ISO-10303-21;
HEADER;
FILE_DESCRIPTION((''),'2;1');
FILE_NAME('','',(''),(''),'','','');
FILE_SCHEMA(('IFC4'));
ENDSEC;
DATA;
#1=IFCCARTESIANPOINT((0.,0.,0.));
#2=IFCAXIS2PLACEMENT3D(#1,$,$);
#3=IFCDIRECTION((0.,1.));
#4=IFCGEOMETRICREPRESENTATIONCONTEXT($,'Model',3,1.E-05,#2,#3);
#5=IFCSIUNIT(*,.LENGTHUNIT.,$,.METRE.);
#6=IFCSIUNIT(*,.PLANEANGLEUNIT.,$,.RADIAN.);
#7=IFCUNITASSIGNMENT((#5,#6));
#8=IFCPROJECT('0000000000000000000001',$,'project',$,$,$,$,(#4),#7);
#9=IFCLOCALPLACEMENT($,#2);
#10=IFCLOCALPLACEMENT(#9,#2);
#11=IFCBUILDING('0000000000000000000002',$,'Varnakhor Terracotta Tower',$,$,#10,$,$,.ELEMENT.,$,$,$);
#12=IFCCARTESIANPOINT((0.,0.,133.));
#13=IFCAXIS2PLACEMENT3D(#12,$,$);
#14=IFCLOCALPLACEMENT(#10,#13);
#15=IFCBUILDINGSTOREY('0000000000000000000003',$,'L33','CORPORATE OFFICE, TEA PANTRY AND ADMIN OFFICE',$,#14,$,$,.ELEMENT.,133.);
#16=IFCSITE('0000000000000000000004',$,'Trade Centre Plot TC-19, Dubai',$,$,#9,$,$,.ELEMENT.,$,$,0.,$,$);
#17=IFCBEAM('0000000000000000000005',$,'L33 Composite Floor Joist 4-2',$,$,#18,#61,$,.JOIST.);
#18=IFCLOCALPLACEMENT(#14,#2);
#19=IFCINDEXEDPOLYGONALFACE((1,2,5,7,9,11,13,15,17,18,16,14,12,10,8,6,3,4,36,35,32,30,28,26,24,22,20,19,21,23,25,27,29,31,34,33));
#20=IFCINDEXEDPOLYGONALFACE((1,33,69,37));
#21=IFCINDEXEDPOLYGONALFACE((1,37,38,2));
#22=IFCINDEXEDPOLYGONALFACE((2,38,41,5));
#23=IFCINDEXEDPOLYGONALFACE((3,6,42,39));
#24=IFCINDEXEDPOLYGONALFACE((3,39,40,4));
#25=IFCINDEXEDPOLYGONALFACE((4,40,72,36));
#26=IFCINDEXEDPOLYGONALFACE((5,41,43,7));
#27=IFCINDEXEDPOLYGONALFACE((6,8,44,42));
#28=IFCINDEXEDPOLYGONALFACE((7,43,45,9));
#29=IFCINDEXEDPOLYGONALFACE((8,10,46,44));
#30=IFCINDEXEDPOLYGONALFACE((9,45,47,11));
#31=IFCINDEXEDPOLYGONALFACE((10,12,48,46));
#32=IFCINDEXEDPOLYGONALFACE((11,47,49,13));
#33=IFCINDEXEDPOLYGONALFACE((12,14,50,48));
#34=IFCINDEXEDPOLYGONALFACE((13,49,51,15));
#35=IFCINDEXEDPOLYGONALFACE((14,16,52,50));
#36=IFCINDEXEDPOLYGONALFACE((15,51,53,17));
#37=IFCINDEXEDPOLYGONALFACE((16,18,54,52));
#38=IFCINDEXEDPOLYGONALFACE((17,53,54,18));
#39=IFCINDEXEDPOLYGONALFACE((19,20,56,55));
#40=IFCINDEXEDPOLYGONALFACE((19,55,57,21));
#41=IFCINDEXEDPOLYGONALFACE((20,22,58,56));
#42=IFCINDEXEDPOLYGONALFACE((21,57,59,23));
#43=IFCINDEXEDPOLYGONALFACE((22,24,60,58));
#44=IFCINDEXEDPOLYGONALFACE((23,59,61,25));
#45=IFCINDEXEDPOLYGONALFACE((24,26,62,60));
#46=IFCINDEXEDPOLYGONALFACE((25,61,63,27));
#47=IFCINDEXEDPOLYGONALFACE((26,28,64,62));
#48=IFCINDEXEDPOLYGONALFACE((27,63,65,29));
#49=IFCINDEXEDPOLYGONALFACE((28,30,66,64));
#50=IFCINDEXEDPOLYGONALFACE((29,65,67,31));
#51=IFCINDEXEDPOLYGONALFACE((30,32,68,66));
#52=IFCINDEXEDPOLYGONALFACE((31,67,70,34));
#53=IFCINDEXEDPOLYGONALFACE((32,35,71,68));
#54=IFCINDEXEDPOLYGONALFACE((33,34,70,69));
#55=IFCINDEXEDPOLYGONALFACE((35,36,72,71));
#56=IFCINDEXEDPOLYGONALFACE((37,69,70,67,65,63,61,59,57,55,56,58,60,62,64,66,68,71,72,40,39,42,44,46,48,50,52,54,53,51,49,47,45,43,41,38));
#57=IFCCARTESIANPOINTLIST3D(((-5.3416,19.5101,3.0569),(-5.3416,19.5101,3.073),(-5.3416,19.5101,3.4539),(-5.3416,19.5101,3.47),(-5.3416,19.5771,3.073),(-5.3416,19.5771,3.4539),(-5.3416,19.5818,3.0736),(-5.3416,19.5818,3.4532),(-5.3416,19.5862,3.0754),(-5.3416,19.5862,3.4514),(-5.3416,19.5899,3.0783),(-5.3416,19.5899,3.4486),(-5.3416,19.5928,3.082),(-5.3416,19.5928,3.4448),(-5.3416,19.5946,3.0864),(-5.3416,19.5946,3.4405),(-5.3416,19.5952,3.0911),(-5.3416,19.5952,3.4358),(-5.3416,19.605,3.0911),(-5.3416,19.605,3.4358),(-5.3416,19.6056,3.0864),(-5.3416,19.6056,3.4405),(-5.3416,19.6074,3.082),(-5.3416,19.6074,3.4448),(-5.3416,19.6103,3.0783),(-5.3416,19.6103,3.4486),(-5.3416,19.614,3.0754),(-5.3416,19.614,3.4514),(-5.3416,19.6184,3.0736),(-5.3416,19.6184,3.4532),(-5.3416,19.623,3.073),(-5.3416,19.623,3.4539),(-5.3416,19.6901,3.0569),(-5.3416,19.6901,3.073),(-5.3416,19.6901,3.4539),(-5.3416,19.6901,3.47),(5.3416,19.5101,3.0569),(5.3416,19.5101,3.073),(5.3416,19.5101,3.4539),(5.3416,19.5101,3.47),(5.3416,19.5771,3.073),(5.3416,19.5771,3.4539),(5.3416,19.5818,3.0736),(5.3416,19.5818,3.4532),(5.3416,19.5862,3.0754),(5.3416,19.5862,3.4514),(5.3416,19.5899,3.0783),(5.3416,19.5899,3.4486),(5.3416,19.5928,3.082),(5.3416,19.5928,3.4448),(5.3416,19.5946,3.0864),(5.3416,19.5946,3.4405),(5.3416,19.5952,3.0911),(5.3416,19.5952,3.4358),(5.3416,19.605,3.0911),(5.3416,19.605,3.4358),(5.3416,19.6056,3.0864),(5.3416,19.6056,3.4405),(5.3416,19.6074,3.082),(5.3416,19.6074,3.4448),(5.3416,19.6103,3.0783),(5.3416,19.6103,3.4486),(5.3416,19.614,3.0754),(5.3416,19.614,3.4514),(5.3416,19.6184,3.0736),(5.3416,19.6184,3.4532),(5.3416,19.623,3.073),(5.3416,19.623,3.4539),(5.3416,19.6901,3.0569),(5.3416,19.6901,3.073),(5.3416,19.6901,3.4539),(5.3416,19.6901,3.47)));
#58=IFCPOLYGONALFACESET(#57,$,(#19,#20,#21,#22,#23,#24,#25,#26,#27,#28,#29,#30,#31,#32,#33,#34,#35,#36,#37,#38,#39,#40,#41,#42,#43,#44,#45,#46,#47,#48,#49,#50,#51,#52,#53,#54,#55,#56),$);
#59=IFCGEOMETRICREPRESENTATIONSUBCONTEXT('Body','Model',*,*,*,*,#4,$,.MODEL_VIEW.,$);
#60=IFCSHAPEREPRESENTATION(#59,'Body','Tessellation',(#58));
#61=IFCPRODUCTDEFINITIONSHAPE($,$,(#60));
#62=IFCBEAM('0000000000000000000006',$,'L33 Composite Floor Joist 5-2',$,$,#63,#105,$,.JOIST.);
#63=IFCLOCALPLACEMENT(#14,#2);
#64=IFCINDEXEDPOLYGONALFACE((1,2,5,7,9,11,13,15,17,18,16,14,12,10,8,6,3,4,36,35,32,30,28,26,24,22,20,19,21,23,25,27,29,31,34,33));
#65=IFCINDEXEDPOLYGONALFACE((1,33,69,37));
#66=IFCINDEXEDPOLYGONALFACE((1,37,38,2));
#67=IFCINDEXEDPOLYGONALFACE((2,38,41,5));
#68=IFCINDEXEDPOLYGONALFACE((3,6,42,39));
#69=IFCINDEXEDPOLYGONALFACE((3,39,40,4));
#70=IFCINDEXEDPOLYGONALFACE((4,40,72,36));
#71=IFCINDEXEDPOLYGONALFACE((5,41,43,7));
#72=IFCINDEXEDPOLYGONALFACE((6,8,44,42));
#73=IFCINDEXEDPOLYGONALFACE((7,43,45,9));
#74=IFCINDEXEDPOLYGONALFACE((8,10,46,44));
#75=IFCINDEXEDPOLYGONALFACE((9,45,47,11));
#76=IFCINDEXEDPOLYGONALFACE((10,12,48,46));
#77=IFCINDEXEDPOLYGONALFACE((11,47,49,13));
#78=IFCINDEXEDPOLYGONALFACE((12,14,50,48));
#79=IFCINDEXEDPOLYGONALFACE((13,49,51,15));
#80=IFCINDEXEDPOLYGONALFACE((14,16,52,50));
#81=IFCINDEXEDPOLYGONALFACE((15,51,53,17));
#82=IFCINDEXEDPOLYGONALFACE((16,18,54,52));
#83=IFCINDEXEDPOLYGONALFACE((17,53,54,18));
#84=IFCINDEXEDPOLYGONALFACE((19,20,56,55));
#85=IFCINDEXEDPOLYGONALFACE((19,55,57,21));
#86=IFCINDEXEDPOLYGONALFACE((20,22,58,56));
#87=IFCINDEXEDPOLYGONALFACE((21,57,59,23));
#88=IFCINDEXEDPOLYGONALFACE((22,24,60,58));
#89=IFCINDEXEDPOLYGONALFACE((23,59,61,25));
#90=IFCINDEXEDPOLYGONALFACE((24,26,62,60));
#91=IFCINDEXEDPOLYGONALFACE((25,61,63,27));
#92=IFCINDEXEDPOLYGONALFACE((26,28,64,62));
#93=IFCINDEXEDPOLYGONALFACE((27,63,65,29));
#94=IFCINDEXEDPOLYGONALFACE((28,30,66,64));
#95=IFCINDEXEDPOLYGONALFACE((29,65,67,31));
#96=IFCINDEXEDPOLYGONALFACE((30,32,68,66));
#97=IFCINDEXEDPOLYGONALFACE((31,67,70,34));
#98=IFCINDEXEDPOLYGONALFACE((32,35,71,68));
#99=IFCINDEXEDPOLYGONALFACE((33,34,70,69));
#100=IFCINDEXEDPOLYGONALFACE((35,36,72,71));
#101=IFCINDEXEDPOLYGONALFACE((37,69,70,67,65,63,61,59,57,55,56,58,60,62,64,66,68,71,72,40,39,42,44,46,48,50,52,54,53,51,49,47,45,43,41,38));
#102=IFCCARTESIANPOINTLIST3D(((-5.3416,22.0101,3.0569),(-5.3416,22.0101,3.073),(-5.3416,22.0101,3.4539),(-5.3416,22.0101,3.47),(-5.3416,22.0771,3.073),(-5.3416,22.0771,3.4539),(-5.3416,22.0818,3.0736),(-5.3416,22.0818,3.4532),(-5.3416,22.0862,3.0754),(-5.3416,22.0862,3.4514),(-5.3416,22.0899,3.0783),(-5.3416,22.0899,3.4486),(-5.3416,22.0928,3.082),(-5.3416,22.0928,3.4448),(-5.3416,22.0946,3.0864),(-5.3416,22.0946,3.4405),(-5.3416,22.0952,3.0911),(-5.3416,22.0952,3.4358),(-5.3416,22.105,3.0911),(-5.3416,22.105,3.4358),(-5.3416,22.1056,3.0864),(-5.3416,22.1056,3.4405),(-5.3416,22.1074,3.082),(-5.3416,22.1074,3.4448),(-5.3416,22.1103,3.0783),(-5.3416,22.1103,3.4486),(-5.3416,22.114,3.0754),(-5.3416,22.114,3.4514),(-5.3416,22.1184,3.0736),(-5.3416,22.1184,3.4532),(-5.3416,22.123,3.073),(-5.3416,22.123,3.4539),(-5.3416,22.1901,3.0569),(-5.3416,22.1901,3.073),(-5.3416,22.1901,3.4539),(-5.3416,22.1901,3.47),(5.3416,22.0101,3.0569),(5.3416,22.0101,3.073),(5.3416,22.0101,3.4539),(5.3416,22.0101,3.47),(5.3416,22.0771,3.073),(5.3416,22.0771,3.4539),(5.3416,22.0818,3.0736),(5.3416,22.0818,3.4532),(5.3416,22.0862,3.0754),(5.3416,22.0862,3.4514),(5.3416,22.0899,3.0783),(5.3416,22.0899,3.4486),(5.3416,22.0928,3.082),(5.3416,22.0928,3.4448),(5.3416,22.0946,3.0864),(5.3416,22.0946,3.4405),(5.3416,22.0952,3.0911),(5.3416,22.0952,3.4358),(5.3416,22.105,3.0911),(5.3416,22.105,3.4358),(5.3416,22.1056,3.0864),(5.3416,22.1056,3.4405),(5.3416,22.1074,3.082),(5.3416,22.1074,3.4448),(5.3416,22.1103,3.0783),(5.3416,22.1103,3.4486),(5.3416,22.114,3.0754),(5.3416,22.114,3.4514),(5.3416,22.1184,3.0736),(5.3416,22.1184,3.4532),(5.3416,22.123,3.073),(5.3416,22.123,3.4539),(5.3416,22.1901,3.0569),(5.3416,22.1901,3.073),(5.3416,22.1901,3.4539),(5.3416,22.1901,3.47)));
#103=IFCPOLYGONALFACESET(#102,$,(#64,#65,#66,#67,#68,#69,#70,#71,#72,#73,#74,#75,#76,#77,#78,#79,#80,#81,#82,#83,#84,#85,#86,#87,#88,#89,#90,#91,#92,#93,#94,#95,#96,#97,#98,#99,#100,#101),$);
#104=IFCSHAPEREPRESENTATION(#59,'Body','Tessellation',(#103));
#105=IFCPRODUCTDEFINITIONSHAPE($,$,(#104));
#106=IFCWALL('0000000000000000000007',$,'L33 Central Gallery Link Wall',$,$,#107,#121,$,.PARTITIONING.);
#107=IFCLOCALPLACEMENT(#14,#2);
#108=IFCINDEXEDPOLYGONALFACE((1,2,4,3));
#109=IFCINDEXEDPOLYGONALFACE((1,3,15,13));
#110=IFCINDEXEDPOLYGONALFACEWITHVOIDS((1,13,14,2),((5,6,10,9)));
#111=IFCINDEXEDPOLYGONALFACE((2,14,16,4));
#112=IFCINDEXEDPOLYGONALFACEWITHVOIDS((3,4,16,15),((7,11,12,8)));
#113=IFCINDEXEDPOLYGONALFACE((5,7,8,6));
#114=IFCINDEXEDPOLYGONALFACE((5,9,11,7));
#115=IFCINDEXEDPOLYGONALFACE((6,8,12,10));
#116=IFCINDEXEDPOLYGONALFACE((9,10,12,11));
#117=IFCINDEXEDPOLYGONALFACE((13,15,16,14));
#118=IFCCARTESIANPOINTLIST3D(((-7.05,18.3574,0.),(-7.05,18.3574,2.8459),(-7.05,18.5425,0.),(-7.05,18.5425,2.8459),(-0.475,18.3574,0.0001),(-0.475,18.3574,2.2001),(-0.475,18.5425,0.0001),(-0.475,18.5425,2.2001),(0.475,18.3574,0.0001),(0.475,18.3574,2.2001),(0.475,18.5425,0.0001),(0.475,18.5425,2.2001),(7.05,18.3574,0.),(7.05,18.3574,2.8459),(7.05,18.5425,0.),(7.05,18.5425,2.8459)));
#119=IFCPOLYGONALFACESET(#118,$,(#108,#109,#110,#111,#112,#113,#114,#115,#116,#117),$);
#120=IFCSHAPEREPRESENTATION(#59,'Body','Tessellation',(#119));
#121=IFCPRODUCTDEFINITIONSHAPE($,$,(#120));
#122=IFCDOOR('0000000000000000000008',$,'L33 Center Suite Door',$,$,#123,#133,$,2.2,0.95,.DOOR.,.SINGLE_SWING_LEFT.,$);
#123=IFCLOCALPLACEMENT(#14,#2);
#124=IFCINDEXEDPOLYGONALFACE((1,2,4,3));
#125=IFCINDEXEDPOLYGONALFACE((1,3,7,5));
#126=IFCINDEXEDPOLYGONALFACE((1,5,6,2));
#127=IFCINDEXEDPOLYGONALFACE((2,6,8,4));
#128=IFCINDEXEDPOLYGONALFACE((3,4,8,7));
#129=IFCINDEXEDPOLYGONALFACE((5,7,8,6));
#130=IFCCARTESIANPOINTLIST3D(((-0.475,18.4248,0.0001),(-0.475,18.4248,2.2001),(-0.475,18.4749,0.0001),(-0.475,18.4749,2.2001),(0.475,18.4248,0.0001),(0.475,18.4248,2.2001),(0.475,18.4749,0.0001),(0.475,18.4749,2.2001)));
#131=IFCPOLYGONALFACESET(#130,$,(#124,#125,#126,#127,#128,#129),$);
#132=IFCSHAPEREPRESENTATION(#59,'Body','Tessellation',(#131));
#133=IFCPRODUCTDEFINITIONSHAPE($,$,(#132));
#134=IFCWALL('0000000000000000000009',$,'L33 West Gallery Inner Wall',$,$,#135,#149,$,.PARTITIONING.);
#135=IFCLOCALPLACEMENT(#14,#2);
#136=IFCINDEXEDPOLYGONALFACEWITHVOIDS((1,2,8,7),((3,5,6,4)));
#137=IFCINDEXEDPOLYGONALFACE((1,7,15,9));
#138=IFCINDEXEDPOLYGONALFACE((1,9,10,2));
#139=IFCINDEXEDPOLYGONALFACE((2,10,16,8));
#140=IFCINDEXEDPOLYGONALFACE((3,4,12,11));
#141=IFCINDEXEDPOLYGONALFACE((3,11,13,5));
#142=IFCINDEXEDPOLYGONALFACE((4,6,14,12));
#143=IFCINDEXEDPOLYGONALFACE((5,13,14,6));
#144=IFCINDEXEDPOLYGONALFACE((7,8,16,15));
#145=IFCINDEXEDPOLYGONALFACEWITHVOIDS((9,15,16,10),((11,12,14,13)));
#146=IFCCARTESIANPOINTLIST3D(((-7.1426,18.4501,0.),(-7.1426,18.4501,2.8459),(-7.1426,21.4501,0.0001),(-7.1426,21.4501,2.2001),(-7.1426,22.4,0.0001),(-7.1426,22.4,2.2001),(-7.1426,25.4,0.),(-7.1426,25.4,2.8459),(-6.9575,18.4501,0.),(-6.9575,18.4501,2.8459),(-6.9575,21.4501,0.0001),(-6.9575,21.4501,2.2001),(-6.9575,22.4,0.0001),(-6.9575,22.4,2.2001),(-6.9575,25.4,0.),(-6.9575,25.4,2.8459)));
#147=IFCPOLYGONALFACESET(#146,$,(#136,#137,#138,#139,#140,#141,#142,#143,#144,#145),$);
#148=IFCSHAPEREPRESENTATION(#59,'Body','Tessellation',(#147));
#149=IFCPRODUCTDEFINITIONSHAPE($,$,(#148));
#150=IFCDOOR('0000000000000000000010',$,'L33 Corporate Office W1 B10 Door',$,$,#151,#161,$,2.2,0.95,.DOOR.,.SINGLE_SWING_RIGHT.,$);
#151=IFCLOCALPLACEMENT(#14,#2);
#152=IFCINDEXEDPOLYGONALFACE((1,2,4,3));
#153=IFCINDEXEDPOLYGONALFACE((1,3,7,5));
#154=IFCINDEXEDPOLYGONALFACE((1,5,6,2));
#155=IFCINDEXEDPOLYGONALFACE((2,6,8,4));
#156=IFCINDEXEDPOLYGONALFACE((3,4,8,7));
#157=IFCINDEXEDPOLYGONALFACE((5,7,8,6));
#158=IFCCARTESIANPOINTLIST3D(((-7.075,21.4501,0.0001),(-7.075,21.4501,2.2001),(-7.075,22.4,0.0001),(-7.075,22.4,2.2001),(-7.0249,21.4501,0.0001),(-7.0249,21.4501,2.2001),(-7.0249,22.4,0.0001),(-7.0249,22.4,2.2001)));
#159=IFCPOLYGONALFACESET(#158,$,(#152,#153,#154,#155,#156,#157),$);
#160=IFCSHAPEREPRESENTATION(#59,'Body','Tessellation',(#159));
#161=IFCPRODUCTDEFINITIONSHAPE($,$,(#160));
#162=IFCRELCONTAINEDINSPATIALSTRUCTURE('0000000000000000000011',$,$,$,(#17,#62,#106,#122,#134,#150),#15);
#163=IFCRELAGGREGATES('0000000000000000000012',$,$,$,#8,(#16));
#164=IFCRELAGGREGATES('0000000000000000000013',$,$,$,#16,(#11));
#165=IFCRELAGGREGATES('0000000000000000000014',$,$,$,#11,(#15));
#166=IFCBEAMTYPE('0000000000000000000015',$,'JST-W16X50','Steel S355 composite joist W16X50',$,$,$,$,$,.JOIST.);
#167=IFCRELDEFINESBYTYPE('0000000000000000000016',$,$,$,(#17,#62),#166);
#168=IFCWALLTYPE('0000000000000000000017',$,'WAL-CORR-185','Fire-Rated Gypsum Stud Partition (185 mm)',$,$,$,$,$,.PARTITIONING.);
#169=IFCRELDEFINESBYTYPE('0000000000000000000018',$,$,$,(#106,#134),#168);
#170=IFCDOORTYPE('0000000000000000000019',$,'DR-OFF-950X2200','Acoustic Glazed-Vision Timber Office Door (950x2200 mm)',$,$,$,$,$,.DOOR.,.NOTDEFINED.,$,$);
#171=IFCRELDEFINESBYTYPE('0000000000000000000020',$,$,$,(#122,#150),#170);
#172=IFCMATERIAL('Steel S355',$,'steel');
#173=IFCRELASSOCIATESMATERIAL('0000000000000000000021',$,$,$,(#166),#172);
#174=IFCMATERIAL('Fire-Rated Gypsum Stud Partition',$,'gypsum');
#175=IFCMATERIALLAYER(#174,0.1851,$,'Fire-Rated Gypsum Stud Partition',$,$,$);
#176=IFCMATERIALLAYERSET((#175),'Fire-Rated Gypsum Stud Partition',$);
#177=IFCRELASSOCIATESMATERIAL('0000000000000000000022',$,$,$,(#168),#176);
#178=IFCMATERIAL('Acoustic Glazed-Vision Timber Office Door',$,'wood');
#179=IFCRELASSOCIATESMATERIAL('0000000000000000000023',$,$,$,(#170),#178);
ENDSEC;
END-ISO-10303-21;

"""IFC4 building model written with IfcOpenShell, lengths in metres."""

from ifc_helpers import new_model, si_unit, direction, frame, frame_2d, origin, origin_2d, place, context, subcontext, project, spatial, rectangle, i_section, extrude, source, transform, mapped, material, layer, layer_set, material_profile, profile_set, type_object, type_shapes, element, fill, save


model = new_model("IFC4")

# Units and contexts
model_context = context("Model", 3, precision=1e-05, world=origin(), true_north=direction((0.0, 1.0)))
body_context = subcontext(model_context, "Body", "Model", "MODEL_VIEW")
ifc_project = project(units=[si_unit("LENGTHUNIT", "METRE"), si_unit("PLANEANGLEUNIT", "RADIAN")], contexts=[model_context])

# Site, building, storey
site_placement = place(None, origin())
site = spatial("IfcSite", under=ifc_project, at=site_placement, Name="Trade Centre Plot TC-19, Dubai", CompositionType="ELEMENT", RefElevation=0.0)
building_placement = place(site_placement, origin())
building = spatial("IfcBuilding", under=site, at=building_placement, Name="Varnakhor Terracotta Tower", CompositionType="ELEMENT")
storey_placement = place(building_placement, frame((0.0, 0.0, 133.0)))
storey = spatial("IfcBuildingStorey", under=building, at=storey_placement, Name="L33", Description="CORPORATE OFFICE, TEA PANTRY AND ADMIN OFFICE", CompositionType="ELEMENT", Elevation=133.0)

# Beams
ifc_material_1 = material(Name="Steel S355", Category="steel")
ifc_material_profile_1 = material_profile(ifc_material_1, i_section(OverallWidth=0.1799, OverallDepth=0.4131, WebThickness=0.0098, FlangeThickness=0.0161, FilletRadius=0.0181, at=origin_2d()), Name="W16X50")
ifc_profile_set_1 = profile_set([ifc_material_profile_1], Name="Steel S355")
beam_type_1 = type_object("IfcBeamType", Name="JST-W16X50", Description="Steel S355 composite joist W16X50", PredefinedType="JOIST", material=ifc_profile_set_1)
shared_shape_1 = source(origin(), body_context, "Body", "SweptSolid", [
    extrude(i_section(OverallWidth=0.1799, OverallDepth=0.4131, WebThickness=0.0098, FlangeThickness=0.0161, FilletRadius=0.0181, at=origin_2d()), origin(), (0.0, 0.0, 1.0), 10.6831),
])
for number, where, z_axis, x_axis, name in (
    (1, (-5.3416, 19.6001, 3.2634), (1.0, 0.0, 0.0), (0.0, 1.0, 0.0), "L33 Composite Floor Joist 4-2"),
    (2, (-5.3416, 22.1001, 3.2634), (1.0, 0.0, 0.0), (0.0, 1.0, 0.0), "L33 Composite Floor Joist 5-2"),
):
    element("IfcBeam", number, at=place(storey_placement, frame(where, z_axis=z_axis, x_axis=x_axis)), inside=storey, type_object=beam_type_1, Name=name, PredefinedType="JOIST", context=body_context, shape_type="MappedRepresentation", body=[
        mapped(shared_shape_1, transform((0.0, 0.0, 0.0), scale=1.0)),
    ])

# Walls, openings, doors
ifc_material_2 = material(Name="Fire-Rated Gypsum Stud Partition", Category="gypsum")
ifc_layer_1 = layer(ifc_material_2, 0.1851, Name="Fire-Rated Gypsum Stud Partition")
ifc_layer_set_1 = layer_set([ifc_layer_1], Name="Fire-Rated Gypsum Stud Partition")
wall_type_1 = type_object("IfcWallType", Name="WAL-CORR-185", Description="Fire-Rated Gypsum Stud Partition (185 mm)", PredefinedType="PARTITIONING", material=ifc_layer_set_1)
wall_1_placement = place(storey_placement, frame((-7.05, 18.45, 0.0), z_axis=(0.0, 0.0, 1.0), x_axis=(1.0, 0.0, 0.0)))
wall_1 = element("IfcWall", 3, at=wall_1_placement, inside=storey, type_object=wall_type_1, Name="L33 Central Gallery Link Wall", PredefinedType="PARTITIONING", context=body_context, shape_type="SweptSolid", body=[
    extrude(rectangle(XDim=14.1001, YDim=0.1851, at=frame_2d((7.05, 0.0))), origin(), (0.0, 0.0, 1.0), 2.8459),
])
opening_1_placement = place(wall_1_placement, frame((6.575, 0.0, 0.0)))
opening_1 = element("IfcOpeningElement", 4, at=opening_1_placement, cuts=wall_1, PredefinedType="OPENING", context=body_context, shape_type="SweptSolid", body=[
    extrude(rectangle(XDim=0.95, YDim=2.2, at=frame_2d((0.4751, 1.1001))), frame((0.0, 0.1025, 0.0), z_axis=(0.0, -1.0, 0.0), x_axis=(1.0, 0.0, 0.0)), (0.0, 0.0, 1.0), 0.2051),
])
ifc_material_3 = material(Name="Acoustic Glazed-Vision Timber Office Door", Category="wood")
door_type_1 = type_object("IfcDoorType", Name="DR-OFF-950X2200", Description="Acoustic Glazed-Vision Timber Office Door (950x2200 mm)", OperationType="NOTDEFINED", PredefinedType="DOOR", material=ifc_material_3)
shared_shape_2 = source(origin(), body_context, "Body", "SweptSolid", [
    extrude(rectangle(XDim=0.95, YDim=2.2, at=frame_2d((0.4751, 1.1001))), frame((0.0, 0.0249, 0.0), z_axis=(0.0, -1.0, 0.0), x_axis=(1.0, 0.0, 0.0)), (0.0, 0.0, 1.0), 0.05),
])
type_shapes(door_type_1, [shared_shape_2])
door_1_placement = place(opening_1_placement, origin())
door_1 = element("IfcDoor", 5, at=door_1_placement, inside=storey, type_object=door_type_1, Name="L33 Center Suite Door", OperationType="SINGLE_SWING_LEFT", OverallHeight=2.2, OverallWidth=0.95, PredefinedType="DOOR", context=body_context, shape_type="MappedRepresentation", body=[
    mapped(shared_shape_2, transform((0.0, 0.0, 0.0), scale=1.0)),
])
fill(opening_1, door_1)
wall_2_placement = place(storey_placement, frame((-7.05, 18.45, 0.0), z_axis=(0.0, 0.0, 1.0), x_axis=(0.0, 1.0, 0.0)))
wall_2 = element("IfcWall", 6, at=wall_2_placement, inside=storey, type_object=wall_type_1, Name="L33 West Gallery Inner Wall", PredefinedType="PARTITIONING", context=body_context, shape_type="SweptSolid", body=[
    extrude(rectangle(XDim=6.95, YDim=0.1851, at=frame_2d((3.4751, 0.0))), origin(), (0.0, 0.0, 1.0), 2.8459),
])
opening_2_placement = place(wall_2_placement, frame((3.0, 0.0, 0.0)))
opening_2 = element("IfcOpeningElement", 7, at=opening_2_placement, cuts=wall_2, PredefinedType="OPENING", context=body_context, shape_type="SweptSolid", body=[
    extrude(rectangle(XDim=0.95, YDim=2.2, at=frame_2d((0.4751, 1.1001))), frame((0.0, 0.1025, 0.0), z_axis=(0.0, -1.0, 0.0), x_axis=(1.0, 0.0, 0.0)), (0.0, 0.0, 1.0), 0.2051),
])
door_2_placement = place(opening_2_placement, origin())
door_2 = element("IfcDoor", 8, at=door_2_placement, inside=storey, type_object=door_type_1, Name="L33 Corporate Office W1 B10 Door", OperationType="SINGLE_SWING_RIGHT", OverallHeight=2.2, OverallWidth=0.95, PredefinedType="DOOR", context=body_context, shape_type="MappedRepresentation", body=[
    mapped(shared_shape_2, transform((0.0, 0.0, 0.0), scale=1.0)),
])
fill(opening_2, door_2)

save(model, "model.ifc")
